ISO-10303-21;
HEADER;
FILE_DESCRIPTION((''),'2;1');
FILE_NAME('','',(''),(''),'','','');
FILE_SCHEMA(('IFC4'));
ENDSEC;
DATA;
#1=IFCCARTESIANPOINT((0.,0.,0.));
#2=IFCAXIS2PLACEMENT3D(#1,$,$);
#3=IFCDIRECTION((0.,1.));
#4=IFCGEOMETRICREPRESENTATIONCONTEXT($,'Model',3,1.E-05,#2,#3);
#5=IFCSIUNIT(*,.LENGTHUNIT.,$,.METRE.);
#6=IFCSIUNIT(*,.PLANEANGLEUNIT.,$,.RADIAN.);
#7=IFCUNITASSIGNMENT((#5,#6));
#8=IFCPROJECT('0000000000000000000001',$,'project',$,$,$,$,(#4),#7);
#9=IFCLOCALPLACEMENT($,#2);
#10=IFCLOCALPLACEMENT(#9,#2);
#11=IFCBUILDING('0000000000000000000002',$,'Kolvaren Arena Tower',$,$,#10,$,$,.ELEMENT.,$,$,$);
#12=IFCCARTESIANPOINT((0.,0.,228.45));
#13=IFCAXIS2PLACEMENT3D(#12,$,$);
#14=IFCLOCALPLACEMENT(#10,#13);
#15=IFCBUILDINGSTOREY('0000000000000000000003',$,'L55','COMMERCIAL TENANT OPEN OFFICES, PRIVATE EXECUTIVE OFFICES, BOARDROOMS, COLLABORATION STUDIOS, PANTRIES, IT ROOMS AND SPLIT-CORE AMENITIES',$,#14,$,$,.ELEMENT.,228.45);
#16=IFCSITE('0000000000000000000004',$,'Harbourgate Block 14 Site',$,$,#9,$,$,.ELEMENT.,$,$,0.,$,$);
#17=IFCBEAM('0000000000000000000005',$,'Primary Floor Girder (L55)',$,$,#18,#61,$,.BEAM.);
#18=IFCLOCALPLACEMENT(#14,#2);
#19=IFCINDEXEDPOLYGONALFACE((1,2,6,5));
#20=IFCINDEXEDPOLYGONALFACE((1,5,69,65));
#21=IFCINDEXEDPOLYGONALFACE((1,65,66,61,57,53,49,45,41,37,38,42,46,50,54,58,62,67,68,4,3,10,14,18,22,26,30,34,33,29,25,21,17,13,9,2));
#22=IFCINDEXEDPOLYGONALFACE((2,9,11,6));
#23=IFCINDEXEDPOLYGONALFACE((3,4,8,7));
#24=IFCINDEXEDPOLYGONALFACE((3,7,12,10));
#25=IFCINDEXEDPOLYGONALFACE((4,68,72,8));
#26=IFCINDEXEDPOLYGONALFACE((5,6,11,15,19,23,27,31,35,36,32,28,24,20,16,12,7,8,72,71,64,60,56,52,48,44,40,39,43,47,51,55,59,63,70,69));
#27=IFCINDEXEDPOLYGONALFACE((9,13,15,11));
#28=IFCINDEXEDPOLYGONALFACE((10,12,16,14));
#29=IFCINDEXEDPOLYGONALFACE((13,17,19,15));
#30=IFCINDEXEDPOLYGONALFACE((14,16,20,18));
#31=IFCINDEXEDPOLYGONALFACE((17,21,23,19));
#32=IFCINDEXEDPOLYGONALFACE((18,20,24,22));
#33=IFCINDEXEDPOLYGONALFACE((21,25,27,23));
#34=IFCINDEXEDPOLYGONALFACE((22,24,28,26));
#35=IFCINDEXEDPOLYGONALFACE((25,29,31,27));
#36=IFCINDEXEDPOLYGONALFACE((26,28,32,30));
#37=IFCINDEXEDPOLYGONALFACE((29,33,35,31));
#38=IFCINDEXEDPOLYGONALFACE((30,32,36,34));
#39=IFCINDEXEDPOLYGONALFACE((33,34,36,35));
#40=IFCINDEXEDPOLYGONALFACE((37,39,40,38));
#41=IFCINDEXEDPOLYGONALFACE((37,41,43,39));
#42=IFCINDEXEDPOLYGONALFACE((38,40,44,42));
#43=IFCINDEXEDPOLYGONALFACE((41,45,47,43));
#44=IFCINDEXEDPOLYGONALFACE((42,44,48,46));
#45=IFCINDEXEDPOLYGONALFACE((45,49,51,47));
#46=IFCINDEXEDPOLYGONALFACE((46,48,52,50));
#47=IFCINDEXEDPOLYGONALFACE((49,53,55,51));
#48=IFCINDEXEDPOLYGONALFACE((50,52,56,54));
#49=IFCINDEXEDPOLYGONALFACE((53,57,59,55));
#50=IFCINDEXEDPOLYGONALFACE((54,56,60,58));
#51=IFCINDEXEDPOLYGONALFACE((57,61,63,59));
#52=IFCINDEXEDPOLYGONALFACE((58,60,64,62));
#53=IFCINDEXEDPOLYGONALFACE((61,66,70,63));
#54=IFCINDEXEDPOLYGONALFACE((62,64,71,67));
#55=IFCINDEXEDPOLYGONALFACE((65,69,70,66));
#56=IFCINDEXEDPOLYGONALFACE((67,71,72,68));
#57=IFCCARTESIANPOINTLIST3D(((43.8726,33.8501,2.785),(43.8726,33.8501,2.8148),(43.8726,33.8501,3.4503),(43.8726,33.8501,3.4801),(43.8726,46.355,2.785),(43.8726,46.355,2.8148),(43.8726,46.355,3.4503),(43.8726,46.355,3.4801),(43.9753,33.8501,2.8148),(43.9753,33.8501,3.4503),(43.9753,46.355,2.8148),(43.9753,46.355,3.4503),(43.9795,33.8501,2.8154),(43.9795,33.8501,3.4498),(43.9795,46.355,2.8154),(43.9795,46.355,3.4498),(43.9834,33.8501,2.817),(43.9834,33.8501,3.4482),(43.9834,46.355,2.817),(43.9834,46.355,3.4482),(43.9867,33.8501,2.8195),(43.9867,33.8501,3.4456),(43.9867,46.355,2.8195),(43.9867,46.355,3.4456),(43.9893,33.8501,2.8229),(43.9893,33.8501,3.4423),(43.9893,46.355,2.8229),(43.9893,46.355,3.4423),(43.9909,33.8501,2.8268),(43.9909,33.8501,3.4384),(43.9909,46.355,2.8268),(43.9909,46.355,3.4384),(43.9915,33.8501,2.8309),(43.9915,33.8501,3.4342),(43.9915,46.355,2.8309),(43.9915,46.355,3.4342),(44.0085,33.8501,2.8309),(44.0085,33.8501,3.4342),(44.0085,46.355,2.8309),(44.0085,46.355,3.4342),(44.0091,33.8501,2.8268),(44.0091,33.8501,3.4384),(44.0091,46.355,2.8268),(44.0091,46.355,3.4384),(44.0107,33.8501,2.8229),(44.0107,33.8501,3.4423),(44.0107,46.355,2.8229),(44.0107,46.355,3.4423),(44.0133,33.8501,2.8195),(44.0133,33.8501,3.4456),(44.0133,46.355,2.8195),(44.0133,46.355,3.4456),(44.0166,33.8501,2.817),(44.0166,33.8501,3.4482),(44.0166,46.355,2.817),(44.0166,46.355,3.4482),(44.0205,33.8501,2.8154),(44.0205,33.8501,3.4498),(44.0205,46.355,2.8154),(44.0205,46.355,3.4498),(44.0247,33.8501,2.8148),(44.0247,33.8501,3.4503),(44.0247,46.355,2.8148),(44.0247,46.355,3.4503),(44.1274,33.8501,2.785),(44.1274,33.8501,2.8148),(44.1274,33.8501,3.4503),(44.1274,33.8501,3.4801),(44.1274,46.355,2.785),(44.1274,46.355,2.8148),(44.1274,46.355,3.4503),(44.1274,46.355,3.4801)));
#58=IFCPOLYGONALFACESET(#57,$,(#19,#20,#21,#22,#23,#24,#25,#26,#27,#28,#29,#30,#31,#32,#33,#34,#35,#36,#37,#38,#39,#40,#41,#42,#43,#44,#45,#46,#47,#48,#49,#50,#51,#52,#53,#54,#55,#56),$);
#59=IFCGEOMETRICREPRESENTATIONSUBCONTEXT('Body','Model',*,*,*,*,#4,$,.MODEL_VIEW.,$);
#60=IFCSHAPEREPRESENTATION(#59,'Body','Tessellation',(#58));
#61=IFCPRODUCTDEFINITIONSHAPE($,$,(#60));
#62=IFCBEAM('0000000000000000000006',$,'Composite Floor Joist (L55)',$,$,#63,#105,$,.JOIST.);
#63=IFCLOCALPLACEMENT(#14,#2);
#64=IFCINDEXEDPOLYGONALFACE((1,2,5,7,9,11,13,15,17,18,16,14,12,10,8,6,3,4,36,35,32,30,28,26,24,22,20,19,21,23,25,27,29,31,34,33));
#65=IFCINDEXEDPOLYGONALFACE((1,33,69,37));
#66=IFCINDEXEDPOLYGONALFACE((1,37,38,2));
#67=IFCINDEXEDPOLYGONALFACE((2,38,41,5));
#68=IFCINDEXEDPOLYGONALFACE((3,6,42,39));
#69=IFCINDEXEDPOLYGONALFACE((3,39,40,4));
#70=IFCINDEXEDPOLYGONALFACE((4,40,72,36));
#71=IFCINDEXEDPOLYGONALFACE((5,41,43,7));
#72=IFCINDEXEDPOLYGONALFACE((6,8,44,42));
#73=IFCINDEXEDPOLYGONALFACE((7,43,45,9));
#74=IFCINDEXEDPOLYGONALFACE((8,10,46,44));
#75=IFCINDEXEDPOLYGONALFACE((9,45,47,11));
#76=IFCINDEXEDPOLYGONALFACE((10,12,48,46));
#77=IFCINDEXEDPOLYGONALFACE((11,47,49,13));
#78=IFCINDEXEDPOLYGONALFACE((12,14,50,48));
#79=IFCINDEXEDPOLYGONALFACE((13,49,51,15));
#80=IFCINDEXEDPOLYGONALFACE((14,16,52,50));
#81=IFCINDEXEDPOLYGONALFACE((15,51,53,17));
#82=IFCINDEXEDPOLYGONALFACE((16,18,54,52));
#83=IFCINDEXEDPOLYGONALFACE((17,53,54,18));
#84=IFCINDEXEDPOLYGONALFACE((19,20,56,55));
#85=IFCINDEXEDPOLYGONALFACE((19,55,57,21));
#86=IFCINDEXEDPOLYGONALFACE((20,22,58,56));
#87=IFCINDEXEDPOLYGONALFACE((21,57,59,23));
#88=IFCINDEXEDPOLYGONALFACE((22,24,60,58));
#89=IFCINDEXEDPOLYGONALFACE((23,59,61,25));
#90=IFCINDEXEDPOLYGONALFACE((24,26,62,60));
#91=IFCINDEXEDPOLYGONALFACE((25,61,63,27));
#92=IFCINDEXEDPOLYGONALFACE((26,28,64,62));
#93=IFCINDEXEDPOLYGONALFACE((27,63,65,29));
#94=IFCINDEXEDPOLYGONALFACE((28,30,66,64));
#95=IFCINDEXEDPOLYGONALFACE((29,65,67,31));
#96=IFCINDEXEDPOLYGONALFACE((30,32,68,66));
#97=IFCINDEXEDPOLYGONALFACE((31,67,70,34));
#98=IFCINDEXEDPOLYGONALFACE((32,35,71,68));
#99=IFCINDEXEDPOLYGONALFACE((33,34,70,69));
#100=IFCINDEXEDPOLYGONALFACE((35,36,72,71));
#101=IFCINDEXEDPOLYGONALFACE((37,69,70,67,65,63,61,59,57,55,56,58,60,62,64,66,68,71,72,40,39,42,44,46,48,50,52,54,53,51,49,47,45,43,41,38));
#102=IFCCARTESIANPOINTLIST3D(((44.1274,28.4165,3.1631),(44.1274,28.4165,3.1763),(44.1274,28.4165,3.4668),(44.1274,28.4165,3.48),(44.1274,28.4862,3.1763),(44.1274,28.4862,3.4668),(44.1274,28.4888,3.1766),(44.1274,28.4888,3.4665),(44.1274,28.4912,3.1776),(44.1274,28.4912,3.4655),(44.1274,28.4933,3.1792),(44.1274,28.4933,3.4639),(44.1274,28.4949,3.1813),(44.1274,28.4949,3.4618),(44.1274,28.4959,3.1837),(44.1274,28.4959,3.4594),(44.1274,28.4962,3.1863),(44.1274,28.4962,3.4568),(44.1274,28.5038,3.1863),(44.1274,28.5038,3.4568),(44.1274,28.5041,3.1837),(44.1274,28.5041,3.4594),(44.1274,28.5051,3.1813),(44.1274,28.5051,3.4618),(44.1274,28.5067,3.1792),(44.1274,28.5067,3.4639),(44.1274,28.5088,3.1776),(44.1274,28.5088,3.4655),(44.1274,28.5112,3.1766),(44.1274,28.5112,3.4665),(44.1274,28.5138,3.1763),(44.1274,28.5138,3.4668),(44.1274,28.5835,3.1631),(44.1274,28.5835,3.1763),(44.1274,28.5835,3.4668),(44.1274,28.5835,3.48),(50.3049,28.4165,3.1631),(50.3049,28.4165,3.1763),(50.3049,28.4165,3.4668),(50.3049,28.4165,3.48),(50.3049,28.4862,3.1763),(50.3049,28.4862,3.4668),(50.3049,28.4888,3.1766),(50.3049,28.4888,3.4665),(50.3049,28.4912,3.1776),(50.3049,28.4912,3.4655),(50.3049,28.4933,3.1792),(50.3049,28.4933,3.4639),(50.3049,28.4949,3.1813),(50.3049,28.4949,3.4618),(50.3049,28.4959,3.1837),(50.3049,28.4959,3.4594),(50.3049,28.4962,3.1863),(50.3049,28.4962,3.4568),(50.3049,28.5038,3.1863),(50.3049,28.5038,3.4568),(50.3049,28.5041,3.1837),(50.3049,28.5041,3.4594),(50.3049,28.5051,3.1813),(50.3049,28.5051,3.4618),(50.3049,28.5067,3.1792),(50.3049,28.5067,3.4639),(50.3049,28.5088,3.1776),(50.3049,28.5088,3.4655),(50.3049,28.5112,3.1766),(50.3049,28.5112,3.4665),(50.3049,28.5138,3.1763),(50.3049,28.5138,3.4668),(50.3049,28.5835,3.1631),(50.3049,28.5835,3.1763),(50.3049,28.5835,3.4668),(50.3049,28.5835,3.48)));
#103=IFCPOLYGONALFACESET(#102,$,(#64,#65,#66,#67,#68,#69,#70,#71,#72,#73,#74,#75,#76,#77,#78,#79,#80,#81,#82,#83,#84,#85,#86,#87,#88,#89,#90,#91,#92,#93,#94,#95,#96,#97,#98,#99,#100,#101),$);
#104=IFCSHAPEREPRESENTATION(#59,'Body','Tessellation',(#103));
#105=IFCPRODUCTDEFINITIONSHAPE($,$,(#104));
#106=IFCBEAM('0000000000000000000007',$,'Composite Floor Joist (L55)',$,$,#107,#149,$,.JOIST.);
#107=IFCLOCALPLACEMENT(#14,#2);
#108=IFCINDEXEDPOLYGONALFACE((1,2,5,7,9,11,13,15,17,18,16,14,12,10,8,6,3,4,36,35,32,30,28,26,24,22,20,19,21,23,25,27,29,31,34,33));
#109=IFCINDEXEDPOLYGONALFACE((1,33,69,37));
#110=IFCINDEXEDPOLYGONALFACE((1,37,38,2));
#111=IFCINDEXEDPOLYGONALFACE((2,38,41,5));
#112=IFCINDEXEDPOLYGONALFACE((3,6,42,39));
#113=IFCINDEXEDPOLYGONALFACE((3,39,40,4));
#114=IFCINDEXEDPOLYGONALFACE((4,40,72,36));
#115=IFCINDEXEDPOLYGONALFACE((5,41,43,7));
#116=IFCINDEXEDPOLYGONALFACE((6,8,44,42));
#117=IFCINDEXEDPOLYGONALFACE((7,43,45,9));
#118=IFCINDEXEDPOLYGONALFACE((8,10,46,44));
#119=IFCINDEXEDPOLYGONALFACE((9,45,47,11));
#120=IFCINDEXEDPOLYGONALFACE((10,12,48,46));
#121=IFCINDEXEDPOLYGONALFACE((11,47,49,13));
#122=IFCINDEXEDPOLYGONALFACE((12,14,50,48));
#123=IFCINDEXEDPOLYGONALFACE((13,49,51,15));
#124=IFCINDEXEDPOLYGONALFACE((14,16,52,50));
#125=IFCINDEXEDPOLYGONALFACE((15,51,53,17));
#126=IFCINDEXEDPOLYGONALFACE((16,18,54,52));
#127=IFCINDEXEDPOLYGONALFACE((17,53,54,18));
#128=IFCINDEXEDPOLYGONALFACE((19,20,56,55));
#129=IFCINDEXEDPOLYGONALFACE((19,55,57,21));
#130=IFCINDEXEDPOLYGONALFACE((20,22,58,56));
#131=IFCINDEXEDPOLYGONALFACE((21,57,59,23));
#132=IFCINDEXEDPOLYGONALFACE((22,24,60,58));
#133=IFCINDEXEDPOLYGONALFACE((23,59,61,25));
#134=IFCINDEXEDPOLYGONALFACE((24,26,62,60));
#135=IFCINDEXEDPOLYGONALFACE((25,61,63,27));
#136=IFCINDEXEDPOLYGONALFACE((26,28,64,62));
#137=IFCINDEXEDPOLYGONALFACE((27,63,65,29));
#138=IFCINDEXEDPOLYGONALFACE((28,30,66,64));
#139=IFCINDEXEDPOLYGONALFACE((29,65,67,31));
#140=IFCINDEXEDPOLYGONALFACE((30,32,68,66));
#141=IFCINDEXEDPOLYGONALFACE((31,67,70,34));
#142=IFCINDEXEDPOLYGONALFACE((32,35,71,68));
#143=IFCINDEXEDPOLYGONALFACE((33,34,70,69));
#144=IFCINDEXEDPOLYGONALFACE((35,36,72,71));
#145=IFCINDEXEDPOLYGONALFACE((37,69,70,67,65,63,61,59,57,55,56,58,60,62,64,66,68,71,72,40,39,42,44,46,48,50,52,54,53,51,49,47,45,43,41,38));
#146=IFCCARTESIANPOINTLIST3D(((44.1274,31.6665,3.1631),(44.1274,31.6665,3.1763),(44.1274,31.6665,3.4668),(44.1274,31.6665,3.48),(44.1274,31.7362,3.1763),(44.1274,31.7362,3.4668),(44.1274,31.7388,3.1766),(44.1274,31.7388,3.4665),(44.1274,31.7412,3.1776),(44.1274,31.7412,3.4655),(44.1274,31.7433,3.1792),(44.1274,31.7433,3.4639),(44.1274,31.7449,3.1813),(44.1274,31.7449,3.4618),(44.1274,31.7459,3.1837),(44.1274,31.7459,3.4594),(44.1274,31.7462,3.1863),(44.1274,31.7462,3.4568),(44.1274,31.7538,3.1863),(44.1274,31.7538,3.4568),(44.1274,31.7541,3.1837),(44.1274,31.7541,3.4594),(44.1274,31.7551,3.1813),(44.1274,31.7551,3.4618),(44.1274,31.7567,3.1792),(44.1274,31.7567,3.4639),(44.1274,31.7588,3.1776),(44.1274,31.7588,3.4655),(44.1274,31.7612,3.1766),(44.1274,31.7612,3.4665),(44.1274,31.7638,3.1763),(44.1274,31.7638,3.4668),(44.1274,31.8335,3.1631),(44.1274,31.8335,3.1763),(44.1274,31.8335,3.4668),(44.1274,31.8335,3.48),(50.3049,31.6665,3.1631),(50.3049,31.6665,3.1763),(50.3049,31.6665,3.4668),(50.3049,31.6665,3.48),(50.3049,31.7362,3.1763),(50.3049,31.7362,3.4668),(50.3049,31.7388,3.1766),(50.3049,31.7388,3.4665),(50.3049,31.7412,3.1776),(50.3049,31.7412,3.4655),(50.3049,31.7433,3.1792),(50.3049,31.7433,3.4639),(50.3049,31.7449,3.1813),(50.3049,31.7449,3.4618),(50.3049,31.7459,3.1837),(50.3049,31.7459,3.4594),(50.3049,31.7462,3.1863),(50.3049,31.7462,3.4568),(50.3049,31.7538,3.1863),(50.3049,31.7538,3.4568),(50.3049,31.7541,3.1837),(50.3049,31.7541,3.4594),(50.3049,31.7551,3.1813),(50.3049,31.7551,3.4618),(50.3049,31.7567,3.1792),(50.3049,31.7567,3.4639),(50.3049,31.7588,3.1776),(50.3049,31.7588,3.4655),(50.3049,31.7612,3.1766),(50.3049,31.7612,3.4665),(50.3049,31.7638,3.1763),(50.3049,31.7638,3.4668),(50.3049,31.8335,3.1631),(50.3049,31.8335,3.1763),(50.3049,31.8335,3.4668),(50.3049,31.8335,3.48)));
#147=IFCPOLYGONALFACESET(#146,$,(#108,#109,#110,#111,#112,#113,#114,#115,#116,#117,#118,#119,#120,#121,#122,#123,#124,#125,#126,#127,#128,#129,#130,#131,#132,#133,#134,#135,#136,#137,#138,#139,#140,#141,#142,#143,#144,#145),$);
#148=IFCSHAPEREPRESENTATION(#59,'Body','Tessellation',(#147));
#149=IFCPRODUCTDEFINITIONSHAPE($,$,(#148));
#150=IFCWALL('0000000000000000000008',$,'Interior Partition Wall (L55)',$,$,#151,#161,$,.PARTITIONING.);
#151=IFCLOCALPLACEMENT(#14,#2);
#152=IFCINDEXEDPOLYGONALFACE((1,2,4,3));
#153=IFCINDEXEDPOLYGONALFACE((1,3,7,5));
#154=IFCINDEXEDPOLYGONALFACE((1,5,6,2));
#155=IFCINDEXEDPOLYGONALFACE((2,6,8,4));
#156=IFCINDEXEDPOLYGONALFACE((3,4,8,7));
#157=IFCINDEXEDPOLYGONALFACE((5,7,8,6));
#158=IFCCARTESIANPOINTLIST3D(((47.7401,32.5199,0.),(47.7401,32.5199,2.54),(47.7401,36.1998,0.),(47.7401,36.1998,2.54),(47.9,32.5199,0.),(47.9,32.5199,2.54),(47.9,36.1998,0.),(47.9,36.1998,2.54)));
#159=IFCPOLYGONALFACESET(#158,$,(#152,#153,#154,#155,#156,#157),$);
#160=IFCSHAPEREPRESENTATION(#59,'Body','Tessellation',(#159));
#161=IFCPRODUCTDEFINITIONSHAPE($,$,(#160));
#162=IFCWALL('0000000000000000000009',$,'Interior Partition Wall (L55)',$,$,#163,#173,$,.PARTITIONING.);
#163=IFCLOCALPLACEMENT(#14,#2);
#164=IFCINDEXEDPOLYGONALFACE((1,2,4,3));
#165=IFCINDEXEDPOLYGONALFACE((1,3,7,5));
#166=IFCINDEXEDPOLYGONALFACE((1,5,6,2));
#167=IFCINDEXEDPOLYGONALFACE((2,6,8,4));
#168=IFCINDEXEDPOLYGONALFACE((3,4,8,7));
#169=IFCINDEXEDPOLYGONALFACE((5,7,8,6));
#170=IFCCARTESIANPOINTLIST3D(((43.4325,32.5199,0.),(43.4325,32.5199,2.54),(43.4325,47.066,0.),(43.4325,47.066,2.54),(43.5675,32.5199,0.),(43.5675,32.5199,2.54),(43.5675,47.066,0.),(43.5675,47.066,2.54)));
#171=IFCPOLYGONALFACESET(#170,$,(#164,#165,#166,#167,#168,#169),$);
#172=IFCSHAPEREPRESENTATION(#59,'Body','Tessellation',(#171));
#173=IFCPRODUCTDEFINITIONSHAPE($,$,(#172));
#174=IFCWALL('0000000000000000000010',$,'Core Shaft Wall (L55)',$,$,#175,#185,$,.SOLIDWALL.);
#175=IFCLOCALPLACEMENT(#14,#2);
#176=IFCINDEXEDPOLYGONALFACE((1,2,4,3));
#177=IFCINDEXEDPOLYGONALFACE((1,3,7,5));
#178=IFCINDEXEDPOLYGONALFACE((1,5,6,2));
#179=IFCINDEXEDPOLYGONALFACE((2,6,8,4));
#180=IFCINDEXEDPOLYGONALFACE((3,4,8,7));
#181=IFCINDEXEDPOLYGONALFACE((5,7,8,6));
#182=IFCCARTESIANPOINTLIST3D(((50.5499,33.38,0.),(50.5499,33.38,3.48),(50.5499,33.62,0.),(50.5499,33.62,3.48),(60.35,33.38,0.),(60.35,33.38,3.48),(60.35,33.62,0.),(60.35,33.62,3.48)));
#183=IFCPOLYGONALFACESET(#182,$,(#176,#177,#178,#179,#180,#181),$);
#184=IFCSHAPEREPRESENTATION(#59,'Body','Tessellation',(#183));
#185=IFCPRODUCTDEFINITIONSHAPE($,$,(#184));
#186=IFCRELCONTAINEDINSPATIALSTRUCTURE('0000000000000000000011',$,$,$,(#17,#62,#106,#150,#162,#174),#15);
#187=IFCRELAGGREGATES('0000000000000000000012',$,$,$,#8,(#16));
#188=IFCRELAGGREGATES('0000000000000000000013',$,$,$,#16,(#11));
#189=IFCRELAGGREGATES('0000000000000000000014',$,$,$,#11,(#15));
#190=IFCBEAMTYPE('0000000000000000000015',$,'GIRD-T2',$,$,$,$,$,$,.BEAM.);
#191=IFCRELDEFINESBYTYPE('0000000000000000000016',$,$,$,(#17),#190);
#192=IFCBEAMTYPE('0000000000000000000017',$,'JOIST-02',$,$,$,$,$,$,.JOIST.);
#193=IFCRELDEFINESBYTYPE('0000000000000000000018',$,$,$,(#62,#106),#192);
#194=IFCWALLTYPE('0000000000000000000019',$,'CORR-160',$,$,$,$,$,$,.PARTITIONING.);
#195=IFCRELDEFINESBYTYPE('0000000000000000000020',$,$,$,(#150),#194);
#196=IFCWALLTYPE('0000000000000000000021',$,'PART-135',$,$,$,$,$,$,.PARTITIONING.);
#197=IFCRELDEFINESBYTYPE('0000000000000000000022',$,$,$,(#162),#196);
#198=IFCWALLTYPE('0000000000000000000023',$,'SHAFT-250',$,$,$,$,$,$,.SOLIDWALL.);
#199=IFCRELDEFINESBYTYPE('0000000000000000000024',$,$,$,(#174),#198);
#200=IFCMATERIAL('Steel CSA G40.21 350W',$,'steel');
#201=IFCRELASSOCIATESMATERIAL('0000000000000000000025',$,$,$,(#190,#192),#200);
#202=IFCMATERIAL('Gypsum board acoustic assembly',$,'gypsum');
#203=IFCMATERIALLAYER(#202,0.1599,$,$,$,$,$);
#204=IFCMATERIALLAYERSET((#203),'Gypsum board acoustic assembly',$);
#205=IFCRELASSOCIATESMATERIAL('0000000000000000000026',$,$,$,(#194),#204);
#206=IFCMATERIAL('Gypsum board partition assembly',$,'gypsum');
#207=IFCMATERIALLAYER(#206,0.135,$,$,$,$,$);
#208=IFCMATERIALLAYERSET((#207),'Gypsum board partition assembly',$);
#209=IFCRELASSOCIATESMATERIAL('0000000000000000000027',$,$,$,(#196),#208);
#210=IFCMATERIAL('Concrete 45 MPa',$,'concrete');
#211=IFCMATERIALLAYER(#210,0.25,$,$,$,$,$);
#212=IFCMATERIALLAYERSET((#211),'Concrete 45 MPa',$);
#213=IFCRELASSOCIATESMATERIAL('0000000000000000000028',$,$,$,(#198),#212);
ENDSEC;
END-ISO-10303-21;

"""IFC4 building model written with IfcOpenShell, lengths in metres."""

from ifc_helpers import new_model, si_unit, direction, frame, frame_2d, origin, origin_2d, place, context, subcontext, project, spatial, rectangle, i_section, extrude, material, layer, layer_set, material_profile, profile_set, type_object, element, save


model = new_model("IFC4")

# Units and contexts
model_context = context("Model", 3, precision=1e-05, world=origin(), true_north=direction((0.0, 1.0)))
body_context = subcontext(model_context, "Body", "Model", "MODEL_VIEW")
ifc_project = project(units=[si_unit("LENGTHUNIT", "METRE"), si_unit("PLANEANGLEUNIT", "RADIAN")], contexts=[model_context])

# Site, building, storey
site_placement = place(None, origin())
site = spatial("IfcSite", under=ifc_project, at=site_placement, Name="Harbourgate Block 14 Site", CompositionType="ELEMENT", RefElevation=0.0)
building_placement = place(site_placement, origin())
building = spatial("IfcBuilding", under=site, at=building_placement, Name="Kolvaren Arena Tower", CompositionType="ELEMENT")
storey_placement = place(building_placement, frame((0.0, 0.0, 228.45)))
storey = spatial("IfcBuildingStorey", under=building, at=storey_placement, Name="L55", Description="COMMERCIAL TENANT OPEN OFFICES, PRIVATE EXECUTIVE OFFICES, BOARDROOMS, COLLABORATION STUDIOS, PANTRIES, IT ROOMS AND SPLIT-CORE AMENITIES", CompositionType="ELEMENT", Elevation=228.45)

# Beams
ifc_material_1 = material(Name="Steel CSA G40.21 350W", Category="steel")
ifc_material_profile_1 = material_profile(ifc_material_1, i_section(OverallWidth=0.2549, OverallDepth=0.6951, WebThickness=0.0171, FlangeThickness=0.0298, FilletRadius=0.0161, at=origin_2d()), Name="W690x217")
ifc_profile_set_1 = profile_set([ifc_material_profile_1], Name="Steel CSA G40.21 350W")
beam_type_1 = type_object("IfcBeamType", Name="GIRD-T2", PredefinedType="BEAM", material=ifc_profile_set_1)
beam_1_placement = place(storey_placement, frame((44.0, 33.8501, 3.1326), z_axis=(0.0, 1.0, 0.0), x_axis=(-1.0, 0.0, 0.0)))
element("IfcBeam", 1, at=beam_1_placement, inside=storey, type_object=beam_type_1, Name="Primary Floor Girder (L55)", PredefinedType="BEAM", context=body_context, shape_type="SweptSolid", body=[
    extrude(i_section(OverallWidth=0.2549, OverallDepth=0.6951, WebThickness=0.0171, FlangeThickness=0.0298, FilletRadius=0.0161, at=origin_2d()), origin(), (0.0, 0.0, 1.0), 12.5049),
])
ifc_material_profile_2 = material_profile(ifc_material_1, i_section(OverallWidth=0.167, OverallDepth=0.3169, WebThickness=0.0076, FlangeThickness=0.0132, FilletRadius=0.01, at=origin_2d()), Name="W310x52")
ifc_profile_set_2 = profile_set([ifc_material_profile_2], Name="Steel CSA G40.21 350W")
beam_type_2 = type_object("IfcBeamType", Name="JOIST-02", PredefinedType="JOIST", material=ifc_profile_set_2)
for number, where, z_axis, x_axis, name in (
    (2, (44.1274, 28.5, 3.3215), (1.0, 0.0, 0.0), (0.0, 1.0, 0.0), "Composite Floor Joist (L55)"),
    (3, (44.1274, 31.75, 3.3215), (1.0, 0.0, 0.0), (0.0, 1.0, 0.0), "Composite Floor Joist (L55)"),
):
    element("IfcBeam", number, at=place(storey_placement, frame(where, z_axis=z_axis, x_axis=x_axis)), inside=storey, type_object=beam_type_2, Name=name, PredefinedType="JOIST", context=body_context, shape_type="SweptSolid", body=[
        extrude(i_section(OverallWidth=0.167, OverallDepth=0.3169, WebThickness=0.0076, FlangeThickness=0.0132, FilletRadius=0.01, at=origin_2d()), origin(), (0.0, 0.0, 1.0), 6.1775),
    ])

# Walls
ifc_material_2 = material(Name="Gypsum board acoustic assembly", Category="gypsum")
ifc_layer_1 = layer(ifc_material_2, 0.1599)
ifc_layer_set_1 = layer_set([ifc_layer_1], Name="Gypsum board acoustic assembly")
wall_type_1 = type_object("IfcWallType", Name="CORR-160", PredefinedType="PARTITIONING", material=ifc_layer_set_1)
wall_1_placement = place(storey_placement, frame((47.8201, 32.52, 0.0), z_axis=(0.0, 0.0, 1.0), x_axis=(0.0, 1.0, 0.0)))
element("IfcWall", 4, at=wall_1_placement, inside=storey, type_object=wall_type_1, Name="Interior Partition Wall (L55)", PredefinedType="PARTITIONING", context=body_context, shape_type="SweptSolid", body=[
    extrude(rectangle(XDim=3.6799, YDim=0.1599, at=frame_2d((1.8398, 0.0))), origin(), (0.0, 0.0, 1.0), 2.54),
])
ifc_material_3 = material(Name="Gypsum board partition assembly", Category="gypsum")
ifc_layer_2 = layer(ifc_material_3, 0.135)
ifc_layer_set_2 = layer_set([ifc_layer_2], Name="Gypsum board partition assembly")
wall_type_2 = type_object("IfcWallType", Name="PART-135", PredefinedType="PARTITIONING", material=ifc_layer_set_2)
wall_2_placement = place(storey_placement, frame((43.5, 32.52, 0.0), z_axis=(0.0, 0.0, 1.0), x_axis=(0.0, 1.0, 0.0)))
element("IfcWall", 5, at=wall_2_placement, inside=storey, type_object=wall_type_2, Name="Interior Partition Wall (L55)", PredefinedType="PARTITIONING", context=body_context, shape_type="SweptSolid", body=[
    extrude(rectangle(XDim=14.5461, YDim=0.135, at=frame_2d((7.2729, 0.0))), origin(), (0.0, 0.0, 1.0), 2.54),
])
ifc_material_4 = material(Name="Concrete 45 MPa", Category="concrete")
ifc_layer_3 = layer(ifc_material_4, 0.25)
ifc_layer_set_3 = layer_set([ifc_layer_3], Name="Concrete 45 MPa")
wall_type_3 = type_object("IfcWallType", Name="SHAFT-250", PredefinedType="SOLIDWALL", material=ifc_layer_set_3)
wall_3_placement = place(storey_placement, frame((50.55, 33.5, 0.0), z_axis=(0.0, 0.0, 1.0), x_axis=(1.0, 0.0, 0.0)))
element("IfcWall", 6, at=wall_3_placement, inside=storey, type_object=wall_type_3, Name="Core Shaft Wall (L55)", PredefinedType="SOLIDWALL", context=body_context, shape_type="SweptSolid", body=[
    extrude(rectangle(XDim=9.8, YDim=0.24, at=frame_2d((4.8999, 0.0))), origin(), (0.0, 0.0, 1.0), 3.48),
])

save(model, "model.ifc")
